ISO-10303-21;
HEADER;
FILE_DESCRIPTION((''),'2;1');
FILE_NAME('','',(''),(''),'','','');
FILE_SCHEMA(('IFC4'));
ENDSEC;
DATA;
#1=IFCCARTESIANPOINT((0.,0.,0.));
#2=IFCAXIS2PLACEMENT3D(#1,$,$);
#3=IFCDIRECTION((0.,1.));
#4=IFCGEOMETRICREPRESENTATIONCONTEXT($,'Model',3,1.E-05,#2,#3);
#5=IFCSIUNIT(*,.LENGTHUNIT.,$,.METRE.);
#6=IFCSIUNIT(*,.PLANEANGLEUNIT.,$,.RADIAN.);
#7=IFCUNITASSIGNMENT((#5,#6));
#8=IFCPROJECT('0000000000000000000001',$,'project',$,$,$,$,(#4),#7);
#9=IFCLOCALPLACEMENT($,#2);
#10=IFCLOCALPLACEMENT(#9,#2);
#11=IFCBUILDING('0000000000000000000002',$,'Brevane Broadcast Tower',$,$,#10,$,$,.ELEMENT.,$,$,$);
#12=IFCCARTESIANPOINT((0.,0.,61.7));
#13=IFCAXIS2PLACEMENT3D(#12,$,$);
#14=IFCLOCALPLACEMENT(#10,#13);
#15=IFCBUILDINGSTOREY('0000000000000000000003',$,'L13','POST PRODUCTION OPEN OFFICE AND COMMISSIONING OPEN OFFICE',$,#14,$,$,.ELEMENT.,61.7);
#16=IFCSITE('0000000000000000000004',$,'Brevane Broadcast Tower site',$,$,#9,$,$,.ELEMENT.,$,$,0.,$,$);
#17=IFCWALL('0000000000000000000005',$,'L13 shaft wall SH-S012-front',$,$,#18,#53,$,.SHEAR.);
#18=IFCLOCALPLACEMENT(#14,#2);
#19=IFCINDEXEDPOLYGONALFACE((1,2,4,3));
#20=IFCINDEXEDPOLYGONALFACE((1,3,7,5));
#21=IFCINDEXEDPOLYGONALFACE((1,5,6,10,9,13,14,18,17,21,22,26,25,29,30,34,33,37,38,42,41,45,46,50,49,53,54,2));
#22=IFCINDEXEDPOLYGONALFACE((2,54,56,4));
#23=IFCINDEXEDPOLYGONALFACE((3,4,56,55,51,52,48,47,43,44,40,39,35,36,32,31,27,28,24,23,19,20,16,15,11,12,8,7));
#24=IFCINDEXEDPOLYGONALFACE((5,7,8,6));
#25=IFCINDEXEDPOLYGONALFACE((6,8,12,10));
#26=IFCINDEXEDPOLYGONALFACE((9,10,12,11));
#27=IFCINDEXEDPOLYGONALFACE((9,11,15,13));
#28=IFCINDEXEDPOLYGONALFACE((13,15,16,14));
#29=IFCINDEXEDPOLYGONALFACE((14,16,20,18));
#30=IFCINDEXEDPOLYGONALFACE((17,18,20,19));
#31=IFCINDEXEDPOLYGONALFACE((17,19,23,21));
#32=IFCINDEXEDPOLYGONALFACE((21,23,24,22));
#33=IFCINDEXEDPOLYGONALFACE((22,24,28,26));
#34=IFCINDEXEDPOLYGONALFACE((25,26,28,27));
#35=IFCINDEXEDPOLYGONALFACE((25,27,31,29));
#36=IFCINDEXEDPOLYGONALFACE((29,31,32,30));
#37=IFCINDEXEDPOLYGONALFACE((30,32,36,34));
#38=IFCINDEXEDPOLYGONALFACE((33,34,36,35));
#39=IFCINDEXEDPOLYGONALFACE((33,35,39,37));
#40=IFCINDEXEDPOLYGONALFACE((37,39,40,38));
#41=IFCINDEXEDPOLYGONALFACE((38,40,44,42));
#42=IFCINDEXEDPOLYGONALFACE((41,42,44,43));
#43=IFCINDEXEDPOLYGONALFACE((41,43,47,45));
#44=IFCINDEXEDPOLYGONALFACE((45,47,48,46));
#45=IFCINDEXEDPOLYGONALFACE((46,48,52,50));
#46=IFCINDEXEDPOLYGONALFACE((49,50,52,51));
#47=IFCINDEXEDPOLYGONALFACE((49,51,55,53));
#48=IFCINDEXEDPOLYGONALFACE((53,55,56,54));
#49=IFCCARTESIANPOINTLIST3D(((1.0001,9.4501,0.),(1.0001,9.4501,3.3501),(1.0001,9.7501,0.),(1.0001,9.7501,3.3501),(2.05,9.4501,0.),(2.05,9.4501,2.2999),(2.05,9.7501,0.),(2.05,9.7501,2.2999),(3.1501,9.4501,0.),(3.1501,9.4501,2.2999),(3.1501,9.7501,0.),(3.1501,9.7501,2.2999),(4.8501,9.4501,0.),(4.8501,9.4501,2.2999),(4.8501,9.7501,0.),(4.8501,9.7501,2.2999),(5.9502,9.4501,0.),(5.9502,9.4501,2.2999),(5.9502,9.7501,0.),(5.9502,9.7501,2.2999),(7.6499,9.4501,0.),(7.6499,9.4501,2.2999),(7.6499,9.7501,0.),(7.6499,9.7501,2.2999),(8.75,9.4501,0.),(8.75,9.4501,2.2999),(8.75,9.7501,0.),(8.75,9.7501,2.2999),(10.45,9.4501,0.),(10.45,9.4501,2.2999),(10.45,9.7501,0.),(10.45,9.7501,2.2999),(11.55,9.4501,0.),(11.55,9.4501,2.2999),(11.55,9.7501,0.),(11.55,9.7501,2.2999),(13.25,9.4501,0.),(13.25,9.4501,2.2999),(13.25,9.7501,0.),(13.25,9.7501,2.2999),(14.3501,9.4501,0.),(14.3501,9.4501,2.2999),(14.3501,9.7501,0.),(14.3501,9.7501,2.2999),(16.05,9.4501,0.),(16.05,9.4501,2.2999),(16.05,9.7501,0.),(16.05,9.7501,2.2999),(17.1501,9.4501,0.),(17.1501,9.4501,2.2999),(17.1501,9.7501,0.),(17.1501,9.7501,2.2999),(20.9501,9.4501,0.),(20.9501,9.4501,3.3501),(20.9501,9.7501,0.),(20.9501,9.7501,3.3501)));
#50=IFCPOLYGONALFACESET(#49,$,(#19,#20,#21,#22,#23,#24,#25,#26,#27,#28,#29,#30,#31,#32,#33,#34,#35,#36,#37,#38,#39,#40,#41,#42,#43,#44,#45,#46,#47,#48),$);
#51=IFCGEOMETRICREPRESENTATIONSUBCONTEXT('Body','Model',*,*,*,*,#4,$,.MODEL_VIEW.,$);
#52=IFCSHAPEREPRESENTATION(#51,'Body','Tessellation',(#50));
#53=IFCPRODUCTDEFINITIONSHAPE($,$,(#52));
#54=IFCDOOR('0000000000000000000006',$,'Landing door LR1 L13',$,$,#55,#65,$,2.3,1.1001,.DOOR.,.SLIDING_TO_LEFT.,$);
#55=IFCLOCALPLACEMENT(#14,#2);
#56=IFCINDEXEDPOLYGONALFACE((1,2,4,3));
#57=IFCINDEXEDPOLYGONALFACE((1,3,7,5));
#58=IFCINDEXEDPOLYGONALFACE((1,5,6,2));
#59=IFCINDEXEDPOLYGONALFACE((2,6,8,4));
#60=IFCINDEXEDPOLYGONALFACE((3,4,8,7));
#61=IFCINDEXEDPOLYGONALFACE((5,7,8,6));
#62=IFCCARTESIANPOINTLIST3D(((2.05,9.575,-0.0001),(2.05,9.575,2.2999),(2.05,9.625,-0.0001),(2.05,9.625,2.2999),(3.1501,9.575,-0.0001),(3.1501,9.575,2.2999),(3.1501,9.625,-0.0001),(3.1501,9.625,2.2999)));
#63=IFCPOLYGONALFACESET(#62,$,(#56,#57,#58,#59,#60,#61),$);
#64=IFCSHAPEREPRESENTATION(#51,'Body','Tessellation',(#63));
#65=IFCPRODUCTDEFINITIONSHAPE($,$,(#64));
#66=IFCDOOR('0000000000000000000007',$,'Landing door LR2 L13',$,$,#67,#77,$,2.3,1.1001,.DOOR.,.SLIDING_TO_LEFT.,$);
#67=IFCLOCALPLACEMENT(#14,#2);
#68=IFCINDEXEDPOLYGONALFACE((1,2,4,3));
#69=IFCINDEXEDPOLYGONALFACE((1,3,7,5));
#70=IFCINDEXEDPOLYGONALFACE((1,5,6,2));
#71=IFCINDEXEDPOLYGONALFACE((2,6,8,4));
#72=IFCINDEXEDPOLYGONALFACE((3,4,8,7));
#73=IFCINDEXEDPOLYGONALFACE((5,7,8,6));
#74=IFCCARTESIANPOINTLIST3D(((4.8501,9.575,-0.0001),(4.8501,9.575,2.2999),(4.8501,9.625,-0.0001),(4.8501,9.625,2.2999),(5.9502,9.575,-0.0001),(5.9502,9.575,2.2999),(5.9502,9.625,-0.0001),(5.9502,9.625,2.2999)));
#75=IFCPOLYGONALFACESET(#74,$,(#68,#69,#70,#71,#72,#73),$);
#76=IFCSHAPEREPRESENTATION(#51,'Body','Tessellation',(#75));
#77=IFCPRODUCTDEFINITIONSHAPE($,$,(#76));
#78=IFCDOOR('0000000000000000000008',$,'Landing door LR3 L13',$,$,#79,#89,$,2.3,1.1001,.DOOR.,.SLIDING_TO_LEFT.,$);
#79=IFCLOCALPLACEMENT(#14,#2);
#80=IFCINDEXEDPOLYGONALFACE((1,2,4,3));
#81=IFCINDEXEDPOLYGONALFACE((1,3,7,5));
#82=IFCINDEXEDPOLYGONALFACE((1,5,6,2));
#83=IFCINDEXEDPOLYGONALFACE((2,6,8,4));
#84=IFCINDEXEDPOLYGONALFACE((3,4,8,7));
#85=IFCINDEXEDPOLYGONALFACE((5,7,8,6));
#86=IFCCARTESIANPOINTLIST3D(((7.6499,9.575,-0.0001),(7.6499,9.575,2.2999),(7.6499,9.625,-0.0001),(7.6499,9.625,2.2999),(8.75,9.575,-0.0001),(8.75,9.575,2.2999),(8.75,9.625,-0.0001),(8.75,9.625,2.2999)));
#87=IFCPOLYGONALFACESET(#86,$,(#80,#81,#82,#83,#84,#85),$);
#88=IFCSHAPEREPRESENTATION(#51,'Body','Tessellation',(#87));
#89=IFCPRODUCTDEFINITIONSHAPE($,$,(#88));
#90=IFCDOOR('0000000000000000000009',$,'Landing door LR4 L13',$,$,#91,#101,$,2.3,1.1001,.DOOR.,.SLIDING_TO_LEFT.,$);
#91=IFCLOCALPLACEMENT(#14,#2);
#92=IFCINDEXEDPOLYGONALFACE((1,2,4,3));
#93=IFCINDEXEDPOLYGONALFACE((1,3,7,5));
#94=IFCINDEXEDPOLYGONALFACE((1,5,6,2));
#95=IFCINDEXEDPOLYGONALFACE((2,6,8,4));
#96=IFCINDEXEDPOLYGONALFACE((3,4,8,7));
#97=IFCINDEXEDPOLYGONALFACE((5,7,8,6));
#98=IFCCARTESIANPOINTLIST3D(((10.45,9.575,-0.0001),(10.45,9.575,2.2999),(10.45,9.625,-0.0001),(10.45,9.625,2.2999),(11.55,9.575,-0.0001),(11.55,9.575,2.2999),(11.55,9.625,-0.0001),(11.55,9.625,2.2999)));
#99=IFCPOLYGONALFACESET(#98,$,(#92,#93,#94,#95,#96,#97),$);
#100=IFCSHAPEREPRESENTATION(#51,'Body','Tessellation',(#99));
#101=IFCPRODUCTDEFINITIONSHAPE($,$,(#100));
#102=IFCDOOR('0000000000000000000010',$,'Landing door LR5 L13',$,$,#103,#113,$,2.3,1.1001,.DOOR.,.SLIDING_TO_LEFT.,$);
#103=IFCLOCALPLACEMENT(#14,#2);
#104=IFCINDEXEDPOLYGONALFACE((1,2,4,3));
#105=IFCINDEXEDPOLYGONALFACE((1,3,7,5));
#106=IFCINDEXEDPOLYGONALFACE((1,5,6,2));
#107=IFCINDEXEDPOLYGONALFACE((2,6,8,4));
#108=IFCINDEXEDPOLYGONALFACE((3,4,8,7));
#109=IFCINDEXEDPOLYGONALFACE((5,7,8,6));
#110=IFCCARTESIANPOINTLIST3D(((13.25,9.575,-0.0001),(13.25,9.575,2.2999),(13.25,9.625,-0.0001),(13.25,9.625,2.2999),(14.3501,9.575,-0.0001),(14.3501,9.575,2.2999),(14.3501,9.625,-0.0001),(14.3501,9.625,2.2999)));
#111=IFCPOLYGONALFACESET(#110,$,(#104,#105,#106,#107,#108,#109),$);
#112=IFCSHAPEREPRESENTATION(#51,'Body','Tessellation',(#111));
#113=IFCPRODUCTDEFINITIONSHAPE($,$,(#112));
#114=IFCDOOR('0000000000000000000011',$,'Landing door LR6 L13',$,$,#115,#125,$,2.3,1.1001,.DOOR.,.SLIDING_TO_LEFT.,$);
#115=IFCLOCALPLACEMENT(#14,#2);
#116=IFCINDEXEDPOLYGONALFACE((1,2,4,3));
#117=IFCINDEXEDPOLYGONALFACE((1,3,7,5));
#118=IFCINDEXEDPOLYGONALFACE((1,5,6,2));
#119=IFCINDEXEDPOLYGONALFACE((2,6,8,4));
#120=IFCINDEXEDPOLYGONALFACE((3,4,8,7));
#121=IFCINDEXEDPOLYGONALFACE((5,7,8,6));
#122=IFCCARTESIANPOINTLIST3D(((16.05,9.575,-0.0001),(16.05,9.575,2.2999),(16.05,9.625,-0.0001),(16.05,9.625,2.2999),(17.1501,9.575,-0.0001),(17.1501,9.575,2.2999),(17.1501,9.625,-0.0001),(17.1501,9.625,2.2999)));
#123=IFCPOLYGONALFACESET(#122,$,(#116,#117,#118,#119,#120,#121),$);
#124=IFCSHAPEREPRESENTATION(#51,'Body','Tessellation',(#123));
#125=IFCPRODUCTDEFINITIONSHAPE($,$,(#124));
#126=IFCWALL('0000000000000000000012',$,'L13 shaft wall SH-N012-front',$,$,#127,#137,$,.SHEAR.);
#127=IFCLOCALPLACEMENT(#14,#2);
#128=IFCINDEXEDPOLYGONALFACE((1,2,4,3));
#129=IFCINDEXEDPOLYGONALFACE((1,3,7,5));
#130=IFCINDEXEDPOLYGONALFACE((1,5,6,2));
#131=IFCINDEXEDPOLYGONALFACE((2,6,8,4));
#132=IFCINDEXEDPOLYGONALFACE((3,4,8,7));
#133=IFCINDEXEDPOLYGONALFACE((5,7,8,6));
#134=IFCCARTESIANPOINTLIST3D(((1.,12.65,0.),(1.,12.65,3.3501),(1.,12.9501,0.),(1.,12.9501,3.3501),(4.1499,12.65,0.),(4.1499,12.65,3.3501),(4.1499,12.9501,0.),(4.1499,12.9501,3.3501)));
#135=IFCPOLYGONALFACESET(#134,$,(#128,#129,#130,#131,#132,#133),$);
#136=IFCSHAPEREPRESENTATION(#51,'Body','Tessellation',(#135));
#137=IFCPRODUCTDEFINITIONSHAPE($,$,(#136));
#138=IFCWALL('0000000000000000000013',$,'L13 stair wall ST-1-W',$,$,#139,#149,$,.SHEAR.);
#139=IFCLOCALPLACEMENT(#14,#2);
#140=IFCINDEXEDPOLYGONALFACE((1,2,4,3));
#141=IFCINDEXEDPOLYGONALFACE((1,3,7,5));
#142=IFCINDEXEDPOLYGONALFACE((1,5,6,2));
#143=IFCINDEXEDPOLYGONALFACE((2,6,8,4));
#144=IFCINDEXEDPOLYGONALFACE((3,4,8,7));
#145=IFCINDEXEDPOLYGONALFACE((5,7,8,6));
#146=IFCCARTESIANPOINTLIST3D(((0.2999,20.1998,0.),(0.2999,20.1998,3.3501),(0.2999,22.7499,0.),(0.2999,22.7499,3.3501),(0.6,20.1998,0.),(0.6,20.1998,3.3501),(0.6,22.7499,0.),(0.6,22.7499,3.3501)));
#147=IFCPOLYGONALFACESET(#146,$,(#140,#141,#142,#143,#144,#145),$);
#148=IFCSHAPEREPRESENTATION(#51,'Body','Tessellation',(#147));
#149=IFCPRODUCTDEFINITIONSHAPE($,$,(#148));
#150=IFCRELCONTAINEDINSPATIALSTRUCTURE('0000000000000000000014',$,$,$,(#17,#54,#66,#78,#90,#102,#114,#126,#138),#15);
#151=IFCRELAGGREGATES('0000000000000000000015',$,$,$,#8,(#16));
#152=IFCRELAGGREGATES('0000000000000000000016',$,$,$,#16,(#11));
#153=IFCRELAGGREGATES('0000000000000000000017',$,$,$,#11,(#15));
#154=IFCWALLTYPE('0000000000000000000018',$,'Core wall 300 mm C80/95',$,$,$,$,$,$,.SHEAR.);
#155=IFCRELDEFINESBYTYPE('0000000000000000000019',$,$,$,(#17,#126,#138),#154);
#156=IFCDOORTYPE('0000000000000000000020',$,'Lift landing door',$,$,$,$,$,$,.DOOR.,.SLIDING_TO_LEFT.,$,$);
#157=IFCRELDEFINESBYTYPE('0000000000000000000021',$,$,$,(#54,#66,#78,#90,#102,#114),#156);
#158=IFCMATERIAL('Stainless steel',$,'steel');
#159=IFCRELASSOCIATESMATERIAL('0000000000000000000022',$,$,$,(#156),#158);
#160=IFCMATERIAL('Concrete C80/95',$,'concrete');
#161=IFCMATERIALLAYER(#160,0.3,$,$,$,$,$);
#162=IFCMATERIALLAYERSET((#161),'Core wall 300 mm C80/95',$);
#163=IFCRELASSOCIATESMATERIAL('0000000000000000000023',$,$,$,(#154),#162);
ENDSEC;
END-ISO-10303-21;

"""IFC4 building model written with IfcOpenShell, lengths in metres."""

from ifc_helpers import new_model, si_unit, direction, frame, frame_2d, origin, place, context, subcontext, project, spatial, rectangle, extrude, material, layer, layer_set, type_object, element, fill, save


model = new_model("IFC4")

# Units and contexts
model_context = context("Model", 3, precision=1e-05, world=origin(), true_north=direction((0.0, 1.0)))
body_context = subcontext(model_context, "Body", "Model", "MODEL_VIEW")
ifc_project = project(units=[si_unit("LENGTHUNIT", "METRE"), si_unit("PLANEANGLEUNIT", "RADIAN")], contexts=[model_context])

# Site, building, storey
site_placement = place(None, origin())
site = spatial("IfcSite", under=ifc_project, at=site_placement, Name="Brevane Broadcast Tower site", CompositionType="ELEMENT", RefElevation=0.0)
building_placement = place(site_placement, origin())
building = spatial("IfcBuilding", under=site, at=building_placement, Name="Brevane Broadcast Tower", CompositionType="ELEMENT")
storey_placement = place(building_placement, frame((0.0, 0.0, 61.7)))
storey = spatial("IfcBuildingStorey", under=building, at=storey_placement, Name="L13", Description="POST PRODUCTION OPEN OFFICE AND COMMISSIONING OPEN OFFICE", CompositionType="ELEMENT", Elevation=61.7)

# Shared definitions
ifc_material_1 = material(Name="Concrete C80/95", Category="concrete")
ifc_material_2 = material(Name="Stainless steel", Category="steel")
door_type = type_object("IfcDoorType", Name="Lift landing door", OperationType="SLIDING_TO_LEFT", PredefinedType="DOOR", material=ifc_material_2)

# Wall, openings, doors
ifc_layer_1 = layer(ifc_material_1, 0.3)
ifc_layer_set_1 = layer_set([ifc_layer_1], Name="Core wall 300 mm C80/95")
wall_type_1 = type_object("IfcWallType", Name="Core wall 300 mm C80/95", PredefinedType="SHEAR", material=ifc_layer_set_1)
wall_1_placement = place(storey_placement, frame((1.0, 9.6001, 0.0), z_axis=(0.0, 0.0, 1.0), x_axis=(1.0, 0.0, 0.0)))
wall_1 = element("IfcWall", 1, at=wall_1_placement, inside=storey, type_object=wall_type_1, Name="L13 shaft wall SH-S012-front", PredefinedType="SHEAR", context=body_context, shape_type="SweptSolid", body=[
    extrude(rectangle(XDim=19.95, YDim=0.3, at=frame_2d((9.9751, 0.0))), origin(), (0.0, 0.0, 1.0), 3.3501),
])
opening_1_placement = place(wall_1_placement, frame((1.05, 0.0, 0.0)))
opening_1 = element("IfcOpeningElement", 2, at=opening_1_placement, cuts=wall_1, PredefinedType="OPENING", context=body_context, shape_type="SweptSolid", body=[
    extrude(rectangle(XDim=1.1001, YDim=2.3, at=frame_2d((0.55, 1.1499))), frame((0.0, 0.1599, 0.0), z_axis=(0.0, -1.0, 0.0), x_axis=(1.0, 0.0, 0.0)), (0.0, 0.0, 1.0), 0.3201),
])
opening_2_placement = place(wall_1_placement, frame((3.8501, 0.0, 0.0)))
opening_2 = element("IfcOpeningElement", 3, at=opening_2_placement, cuts=wall_1, PredefinedType="OPENING", context=body_context, shape_type="SweptSolid", body=[
    extrude(rectangle(XDim=1.1001, YDim=2.3, at=frame_2d((0.55, 1.1499))), frame((0.0, 0.1599, 0.0), z_axis=(0.0, -1.0, 0.0), x_axis=(1.0, 0.0, 0.0)), (0.0, 0.0, 1.0), 0.3201),
])
opening_3_placement = place(wall_1_placement, frame((6.6499, 0.0, 0.0)))
opening_3 = element("IfcOpeningElement", 4, at=opening_3_placement, cuts=wall_1, PredefinedType="OPENING", context=body_context, shape_type="SweptSolid", body=[
    extrude(rectangle(XDim=1.1001, YDim=2.3, at=frame_2d((0.55, 1.1499))), frame((0.0, 0.1599, 0.0), z_axis=(0.0, -1.0, 0.0), x_axis=(1.0, 0.0, 0.0)), (0.0, 0.0, 1.0), 0.3201),
])
opening_4_placement = place(wall_1_placement, frame((9.45, 0.0, 0.0)))
opening_4 = element("IfcOpeningElement", 5, at=opening_4_placement, cuts=wall_1, PredefinedType="OPENING", context=body_context, shape_type="SweptSolid", body=[
    extrude(rectangle(XDim=1.1001, YDim=2.3, at=frame_2d((0.55, 1.1499))), frame((0.0, 0.1599, 0.0), z_axis=(0.0, -1.0, 0.0), x_axis=(1.0, 0.0, 0.0)), (0.0, 0.0, 1.0), 0.3201),
])
opening_5_placement = place(wall_1_placement, frame((12.25, 0.0, 0.0)))
opening_5 = element("IfcOpeningElement", 6, at=opening_5_placement, cuts=wall_1, PredefinedType="OPENING", context=body_context, shape_type="SweptSolid", body=[
    extrude(rectangle(XDim=1.1001, YDim=2.3, at=frame_2d((0.55, 1.1499))), frame((0.0, 0.1599, 0.0), z_axis=(0.0, -1.0, 0.0), x_axis=(1.0, 0.0, 0.0)), (0.0, 0.0, 1.0), 0.3201),
])
opening_6_placement = place(wall_1_placement, frame((15.05, 0.0, 0.0)))
opening_6 = element("IfcOpeningElement", 7, at=opening_6_placement, cuts=wall_1, PredefinedType="OPENING", context=body_context, shape_type="SweptSolid", body=[
    extrude(rectangle(XDim=1.1001, YDim=2.3, at=frame_2d((0.55, 1.1499))), frame((0.0, 0.1599, 0.0), z_axis=(0.0, -1.0, 0.0), x_axis=(1.0, 0.0, 0.0)), (0.0, 0.0, 1.0), 0.3201),
])
door_1_placement = place(opening_1_placement, origin())
door_1 = element("IfcDoor", 8, at=door_1_placement, inside=storey, type_object=door_type, Name="Landing door LR1 L13", OperationType="SLIDING_TO_LEFT", OverallHeight=2.3, OverallWidth=1.1001, PredefinedType="DOOR", context=body_context, shape_type="SweptSolid", body=[
    extrude(rectangle(XDim=1.1001, YDim=2.3, at=frame_2d((0.55, 1.1499))), frame((0.0, 0.0249, 0.0), z_axis=(0.0, -1.0, 0.0), x_axis=(1.0, 0.0, 0.0)), (0.0, 0.0, 1.0), 0.05),
])
fill(opening_1, door_1)
door_2_placement = place(opening_2_placement, origin())
door_2 = element("IfcDoor", 9, at=door_2_placement, inside=storey, type_object=door_type, Name="Landing door LR2 L13", OperationType="SLIDING_TO_LEFT", OverallHeight=2.3, OverallWidth=1.1001, PredefinedType="DOOR", context=body_context, shape_type="SweptSolid", body=[
    extrude(rectangle(XDim=1.1001, YDim=2.3, at=frame_2d((0.55, 1.1499))), frame((0.0, 0.0249, 0.0), z_axis=(0.0, -1.0, 0.0), x_axis=(1.0, 0.0, 0.0)), (0.0, 0.0, 1.0), 0.05),
])
fill(opening_2, door_2)
door_3_placement = place(opening_3_placement, origin())
door_3 = element("IfcDoor", 10, at=door_3_placement, inside=storey, type_object=door_type, Name="Landing door LR3 L13", OperationType="SLIDING_TO_LEFT", OverallHeight=2.3, OverallWidth=1.1001, PredefinedType="DOOR", context=body_context, shape_type="SweptSolid", body=[
    extrude(rectangle(XDim=1.1001, YDim=2.3, at=frame_2d((0.55, 1.1499))), frame((0.0, 0.0249, 0.0), z_axis=(0.0, -1.0, 0.0), x_axis=(1.0, 0.0, 0.0)), (0.0, 0.0, 1.0), 0.05),
])
fill(opening_3, door_3)
door_4_placement = place(opening_4_placement, origin())
door_4 = element("IfcDoor", 11, at=door_4_placement, inside=storey, type_object=door_type, Name="Landing door LR4 L13", OperationType="SLIDING_TO_LEFT", OverallHeight=2.3, OverallWidth=1.1001, PredefinedType="DOOR", context=body_context, shape_type="SweptSolid", body=[
    extrude(rectangle(XDim=1.1001, YDim=2.3, at=frame_2d((0.55, 1.1499))), frame((0.0, 0.0249, 0.0), z_axis=(0.0, -1.0, 0.0), x_axis=(1.0, 0.0, 0.0)), (0.0, 0.0, 1.0), 0.05),
])
fill(opening_4, door_4)
door_5_placement = place(opening_5_placement, origin())
door_5 = element("IfcDoor", 12, at=door_5_placement, inside=storey, type_object=door_type, Name="Landing door LR5 L13", OperationType="SLIDING_TO_LEFT", OverallHeight=2.3, OverallWidth=1.1001, PredefinedType="DOOR", context=body_context, shape_type="SweptSolid", body=[
    extrude(rectangle(XDim=1.1001, YDim=2.3, at=frame_2d((0.55, 1.1499))), frame((0.0, 0.0249, 0.0), z_axis=(0.0, -1.0, 0.0), x_axis=(1.0, 0.0, 0.0)), (0.0, 0.0, 1.0), 0.05),
])
fill(opening_5, door_5)
door_6_placement = place(opening_6_placement, origin())
door_6 = element("IfcDoor", 13, at=door_6_placement, inside=storey, type_object=door_type, Name="Landing door LR6 L13", OperationType="SLIDING_TO_LEFT", OverallHeight=2.3, OverallWidth=1.1001, PredefinedType="DOOR", context=body_context, shape_type="SweptSolid", body=[
    extrude(rectangle(XDim=1.1001, YDim=2.3, at=frame_2d((0.55, 1.1499))), frame((0.0, 0.0249, 0.0), z_axis=(0.0, -1.0, 0.0), x_axis=(1.0, 0.0, 0.0)), (0.0, 0.0, 1.0), 0.05),
])
fill(opening_6, door_6)

# Walls
wall_2_placement = place(storey_placement, frame((1.0, 12.8, 0.0), z_axis=(0.0, 0.0, 1.0), x_axis=(1.0, 0.0, 0.0)))
element("IfcWall", 14, at=wall_2_placement, inside=storey, type_object=wall_type_1, Name="L13 shaft wall SH-N012-front", PredefinedType="SHEAR", context=body_context, shape_type="SweptSolid", body=[
    extrude(rectangle(XDim=3.1499, YDim=0.3, at=frame_2d((1.575, 0.0))), origin(), (0.0, 0.0, 1.0), 3.3501),
])
wall_3_placement = place(storey_placement, frame((0.45, 20.2, 0.0), z_axis=(0.0, 0.0, 1.0), x_axis=(0.0, 1.0, 0.0)))
element("IfcWall", 15, at=wall_3_placement, inside=storey, type_object=wall_type_1, Name="L13 stair wall ST-1-W", PredefinedType="SHEAR", context=body_context, shape_type="SweptSolid", body=[
    extrude(rectangle(XDim=2.55, YDim=0.3, at=frame_2d((1.2749, 0.0))), origin(), (0.0, 0.0, 1.0), 3.3501),
])

save(model, "model.ifc")
